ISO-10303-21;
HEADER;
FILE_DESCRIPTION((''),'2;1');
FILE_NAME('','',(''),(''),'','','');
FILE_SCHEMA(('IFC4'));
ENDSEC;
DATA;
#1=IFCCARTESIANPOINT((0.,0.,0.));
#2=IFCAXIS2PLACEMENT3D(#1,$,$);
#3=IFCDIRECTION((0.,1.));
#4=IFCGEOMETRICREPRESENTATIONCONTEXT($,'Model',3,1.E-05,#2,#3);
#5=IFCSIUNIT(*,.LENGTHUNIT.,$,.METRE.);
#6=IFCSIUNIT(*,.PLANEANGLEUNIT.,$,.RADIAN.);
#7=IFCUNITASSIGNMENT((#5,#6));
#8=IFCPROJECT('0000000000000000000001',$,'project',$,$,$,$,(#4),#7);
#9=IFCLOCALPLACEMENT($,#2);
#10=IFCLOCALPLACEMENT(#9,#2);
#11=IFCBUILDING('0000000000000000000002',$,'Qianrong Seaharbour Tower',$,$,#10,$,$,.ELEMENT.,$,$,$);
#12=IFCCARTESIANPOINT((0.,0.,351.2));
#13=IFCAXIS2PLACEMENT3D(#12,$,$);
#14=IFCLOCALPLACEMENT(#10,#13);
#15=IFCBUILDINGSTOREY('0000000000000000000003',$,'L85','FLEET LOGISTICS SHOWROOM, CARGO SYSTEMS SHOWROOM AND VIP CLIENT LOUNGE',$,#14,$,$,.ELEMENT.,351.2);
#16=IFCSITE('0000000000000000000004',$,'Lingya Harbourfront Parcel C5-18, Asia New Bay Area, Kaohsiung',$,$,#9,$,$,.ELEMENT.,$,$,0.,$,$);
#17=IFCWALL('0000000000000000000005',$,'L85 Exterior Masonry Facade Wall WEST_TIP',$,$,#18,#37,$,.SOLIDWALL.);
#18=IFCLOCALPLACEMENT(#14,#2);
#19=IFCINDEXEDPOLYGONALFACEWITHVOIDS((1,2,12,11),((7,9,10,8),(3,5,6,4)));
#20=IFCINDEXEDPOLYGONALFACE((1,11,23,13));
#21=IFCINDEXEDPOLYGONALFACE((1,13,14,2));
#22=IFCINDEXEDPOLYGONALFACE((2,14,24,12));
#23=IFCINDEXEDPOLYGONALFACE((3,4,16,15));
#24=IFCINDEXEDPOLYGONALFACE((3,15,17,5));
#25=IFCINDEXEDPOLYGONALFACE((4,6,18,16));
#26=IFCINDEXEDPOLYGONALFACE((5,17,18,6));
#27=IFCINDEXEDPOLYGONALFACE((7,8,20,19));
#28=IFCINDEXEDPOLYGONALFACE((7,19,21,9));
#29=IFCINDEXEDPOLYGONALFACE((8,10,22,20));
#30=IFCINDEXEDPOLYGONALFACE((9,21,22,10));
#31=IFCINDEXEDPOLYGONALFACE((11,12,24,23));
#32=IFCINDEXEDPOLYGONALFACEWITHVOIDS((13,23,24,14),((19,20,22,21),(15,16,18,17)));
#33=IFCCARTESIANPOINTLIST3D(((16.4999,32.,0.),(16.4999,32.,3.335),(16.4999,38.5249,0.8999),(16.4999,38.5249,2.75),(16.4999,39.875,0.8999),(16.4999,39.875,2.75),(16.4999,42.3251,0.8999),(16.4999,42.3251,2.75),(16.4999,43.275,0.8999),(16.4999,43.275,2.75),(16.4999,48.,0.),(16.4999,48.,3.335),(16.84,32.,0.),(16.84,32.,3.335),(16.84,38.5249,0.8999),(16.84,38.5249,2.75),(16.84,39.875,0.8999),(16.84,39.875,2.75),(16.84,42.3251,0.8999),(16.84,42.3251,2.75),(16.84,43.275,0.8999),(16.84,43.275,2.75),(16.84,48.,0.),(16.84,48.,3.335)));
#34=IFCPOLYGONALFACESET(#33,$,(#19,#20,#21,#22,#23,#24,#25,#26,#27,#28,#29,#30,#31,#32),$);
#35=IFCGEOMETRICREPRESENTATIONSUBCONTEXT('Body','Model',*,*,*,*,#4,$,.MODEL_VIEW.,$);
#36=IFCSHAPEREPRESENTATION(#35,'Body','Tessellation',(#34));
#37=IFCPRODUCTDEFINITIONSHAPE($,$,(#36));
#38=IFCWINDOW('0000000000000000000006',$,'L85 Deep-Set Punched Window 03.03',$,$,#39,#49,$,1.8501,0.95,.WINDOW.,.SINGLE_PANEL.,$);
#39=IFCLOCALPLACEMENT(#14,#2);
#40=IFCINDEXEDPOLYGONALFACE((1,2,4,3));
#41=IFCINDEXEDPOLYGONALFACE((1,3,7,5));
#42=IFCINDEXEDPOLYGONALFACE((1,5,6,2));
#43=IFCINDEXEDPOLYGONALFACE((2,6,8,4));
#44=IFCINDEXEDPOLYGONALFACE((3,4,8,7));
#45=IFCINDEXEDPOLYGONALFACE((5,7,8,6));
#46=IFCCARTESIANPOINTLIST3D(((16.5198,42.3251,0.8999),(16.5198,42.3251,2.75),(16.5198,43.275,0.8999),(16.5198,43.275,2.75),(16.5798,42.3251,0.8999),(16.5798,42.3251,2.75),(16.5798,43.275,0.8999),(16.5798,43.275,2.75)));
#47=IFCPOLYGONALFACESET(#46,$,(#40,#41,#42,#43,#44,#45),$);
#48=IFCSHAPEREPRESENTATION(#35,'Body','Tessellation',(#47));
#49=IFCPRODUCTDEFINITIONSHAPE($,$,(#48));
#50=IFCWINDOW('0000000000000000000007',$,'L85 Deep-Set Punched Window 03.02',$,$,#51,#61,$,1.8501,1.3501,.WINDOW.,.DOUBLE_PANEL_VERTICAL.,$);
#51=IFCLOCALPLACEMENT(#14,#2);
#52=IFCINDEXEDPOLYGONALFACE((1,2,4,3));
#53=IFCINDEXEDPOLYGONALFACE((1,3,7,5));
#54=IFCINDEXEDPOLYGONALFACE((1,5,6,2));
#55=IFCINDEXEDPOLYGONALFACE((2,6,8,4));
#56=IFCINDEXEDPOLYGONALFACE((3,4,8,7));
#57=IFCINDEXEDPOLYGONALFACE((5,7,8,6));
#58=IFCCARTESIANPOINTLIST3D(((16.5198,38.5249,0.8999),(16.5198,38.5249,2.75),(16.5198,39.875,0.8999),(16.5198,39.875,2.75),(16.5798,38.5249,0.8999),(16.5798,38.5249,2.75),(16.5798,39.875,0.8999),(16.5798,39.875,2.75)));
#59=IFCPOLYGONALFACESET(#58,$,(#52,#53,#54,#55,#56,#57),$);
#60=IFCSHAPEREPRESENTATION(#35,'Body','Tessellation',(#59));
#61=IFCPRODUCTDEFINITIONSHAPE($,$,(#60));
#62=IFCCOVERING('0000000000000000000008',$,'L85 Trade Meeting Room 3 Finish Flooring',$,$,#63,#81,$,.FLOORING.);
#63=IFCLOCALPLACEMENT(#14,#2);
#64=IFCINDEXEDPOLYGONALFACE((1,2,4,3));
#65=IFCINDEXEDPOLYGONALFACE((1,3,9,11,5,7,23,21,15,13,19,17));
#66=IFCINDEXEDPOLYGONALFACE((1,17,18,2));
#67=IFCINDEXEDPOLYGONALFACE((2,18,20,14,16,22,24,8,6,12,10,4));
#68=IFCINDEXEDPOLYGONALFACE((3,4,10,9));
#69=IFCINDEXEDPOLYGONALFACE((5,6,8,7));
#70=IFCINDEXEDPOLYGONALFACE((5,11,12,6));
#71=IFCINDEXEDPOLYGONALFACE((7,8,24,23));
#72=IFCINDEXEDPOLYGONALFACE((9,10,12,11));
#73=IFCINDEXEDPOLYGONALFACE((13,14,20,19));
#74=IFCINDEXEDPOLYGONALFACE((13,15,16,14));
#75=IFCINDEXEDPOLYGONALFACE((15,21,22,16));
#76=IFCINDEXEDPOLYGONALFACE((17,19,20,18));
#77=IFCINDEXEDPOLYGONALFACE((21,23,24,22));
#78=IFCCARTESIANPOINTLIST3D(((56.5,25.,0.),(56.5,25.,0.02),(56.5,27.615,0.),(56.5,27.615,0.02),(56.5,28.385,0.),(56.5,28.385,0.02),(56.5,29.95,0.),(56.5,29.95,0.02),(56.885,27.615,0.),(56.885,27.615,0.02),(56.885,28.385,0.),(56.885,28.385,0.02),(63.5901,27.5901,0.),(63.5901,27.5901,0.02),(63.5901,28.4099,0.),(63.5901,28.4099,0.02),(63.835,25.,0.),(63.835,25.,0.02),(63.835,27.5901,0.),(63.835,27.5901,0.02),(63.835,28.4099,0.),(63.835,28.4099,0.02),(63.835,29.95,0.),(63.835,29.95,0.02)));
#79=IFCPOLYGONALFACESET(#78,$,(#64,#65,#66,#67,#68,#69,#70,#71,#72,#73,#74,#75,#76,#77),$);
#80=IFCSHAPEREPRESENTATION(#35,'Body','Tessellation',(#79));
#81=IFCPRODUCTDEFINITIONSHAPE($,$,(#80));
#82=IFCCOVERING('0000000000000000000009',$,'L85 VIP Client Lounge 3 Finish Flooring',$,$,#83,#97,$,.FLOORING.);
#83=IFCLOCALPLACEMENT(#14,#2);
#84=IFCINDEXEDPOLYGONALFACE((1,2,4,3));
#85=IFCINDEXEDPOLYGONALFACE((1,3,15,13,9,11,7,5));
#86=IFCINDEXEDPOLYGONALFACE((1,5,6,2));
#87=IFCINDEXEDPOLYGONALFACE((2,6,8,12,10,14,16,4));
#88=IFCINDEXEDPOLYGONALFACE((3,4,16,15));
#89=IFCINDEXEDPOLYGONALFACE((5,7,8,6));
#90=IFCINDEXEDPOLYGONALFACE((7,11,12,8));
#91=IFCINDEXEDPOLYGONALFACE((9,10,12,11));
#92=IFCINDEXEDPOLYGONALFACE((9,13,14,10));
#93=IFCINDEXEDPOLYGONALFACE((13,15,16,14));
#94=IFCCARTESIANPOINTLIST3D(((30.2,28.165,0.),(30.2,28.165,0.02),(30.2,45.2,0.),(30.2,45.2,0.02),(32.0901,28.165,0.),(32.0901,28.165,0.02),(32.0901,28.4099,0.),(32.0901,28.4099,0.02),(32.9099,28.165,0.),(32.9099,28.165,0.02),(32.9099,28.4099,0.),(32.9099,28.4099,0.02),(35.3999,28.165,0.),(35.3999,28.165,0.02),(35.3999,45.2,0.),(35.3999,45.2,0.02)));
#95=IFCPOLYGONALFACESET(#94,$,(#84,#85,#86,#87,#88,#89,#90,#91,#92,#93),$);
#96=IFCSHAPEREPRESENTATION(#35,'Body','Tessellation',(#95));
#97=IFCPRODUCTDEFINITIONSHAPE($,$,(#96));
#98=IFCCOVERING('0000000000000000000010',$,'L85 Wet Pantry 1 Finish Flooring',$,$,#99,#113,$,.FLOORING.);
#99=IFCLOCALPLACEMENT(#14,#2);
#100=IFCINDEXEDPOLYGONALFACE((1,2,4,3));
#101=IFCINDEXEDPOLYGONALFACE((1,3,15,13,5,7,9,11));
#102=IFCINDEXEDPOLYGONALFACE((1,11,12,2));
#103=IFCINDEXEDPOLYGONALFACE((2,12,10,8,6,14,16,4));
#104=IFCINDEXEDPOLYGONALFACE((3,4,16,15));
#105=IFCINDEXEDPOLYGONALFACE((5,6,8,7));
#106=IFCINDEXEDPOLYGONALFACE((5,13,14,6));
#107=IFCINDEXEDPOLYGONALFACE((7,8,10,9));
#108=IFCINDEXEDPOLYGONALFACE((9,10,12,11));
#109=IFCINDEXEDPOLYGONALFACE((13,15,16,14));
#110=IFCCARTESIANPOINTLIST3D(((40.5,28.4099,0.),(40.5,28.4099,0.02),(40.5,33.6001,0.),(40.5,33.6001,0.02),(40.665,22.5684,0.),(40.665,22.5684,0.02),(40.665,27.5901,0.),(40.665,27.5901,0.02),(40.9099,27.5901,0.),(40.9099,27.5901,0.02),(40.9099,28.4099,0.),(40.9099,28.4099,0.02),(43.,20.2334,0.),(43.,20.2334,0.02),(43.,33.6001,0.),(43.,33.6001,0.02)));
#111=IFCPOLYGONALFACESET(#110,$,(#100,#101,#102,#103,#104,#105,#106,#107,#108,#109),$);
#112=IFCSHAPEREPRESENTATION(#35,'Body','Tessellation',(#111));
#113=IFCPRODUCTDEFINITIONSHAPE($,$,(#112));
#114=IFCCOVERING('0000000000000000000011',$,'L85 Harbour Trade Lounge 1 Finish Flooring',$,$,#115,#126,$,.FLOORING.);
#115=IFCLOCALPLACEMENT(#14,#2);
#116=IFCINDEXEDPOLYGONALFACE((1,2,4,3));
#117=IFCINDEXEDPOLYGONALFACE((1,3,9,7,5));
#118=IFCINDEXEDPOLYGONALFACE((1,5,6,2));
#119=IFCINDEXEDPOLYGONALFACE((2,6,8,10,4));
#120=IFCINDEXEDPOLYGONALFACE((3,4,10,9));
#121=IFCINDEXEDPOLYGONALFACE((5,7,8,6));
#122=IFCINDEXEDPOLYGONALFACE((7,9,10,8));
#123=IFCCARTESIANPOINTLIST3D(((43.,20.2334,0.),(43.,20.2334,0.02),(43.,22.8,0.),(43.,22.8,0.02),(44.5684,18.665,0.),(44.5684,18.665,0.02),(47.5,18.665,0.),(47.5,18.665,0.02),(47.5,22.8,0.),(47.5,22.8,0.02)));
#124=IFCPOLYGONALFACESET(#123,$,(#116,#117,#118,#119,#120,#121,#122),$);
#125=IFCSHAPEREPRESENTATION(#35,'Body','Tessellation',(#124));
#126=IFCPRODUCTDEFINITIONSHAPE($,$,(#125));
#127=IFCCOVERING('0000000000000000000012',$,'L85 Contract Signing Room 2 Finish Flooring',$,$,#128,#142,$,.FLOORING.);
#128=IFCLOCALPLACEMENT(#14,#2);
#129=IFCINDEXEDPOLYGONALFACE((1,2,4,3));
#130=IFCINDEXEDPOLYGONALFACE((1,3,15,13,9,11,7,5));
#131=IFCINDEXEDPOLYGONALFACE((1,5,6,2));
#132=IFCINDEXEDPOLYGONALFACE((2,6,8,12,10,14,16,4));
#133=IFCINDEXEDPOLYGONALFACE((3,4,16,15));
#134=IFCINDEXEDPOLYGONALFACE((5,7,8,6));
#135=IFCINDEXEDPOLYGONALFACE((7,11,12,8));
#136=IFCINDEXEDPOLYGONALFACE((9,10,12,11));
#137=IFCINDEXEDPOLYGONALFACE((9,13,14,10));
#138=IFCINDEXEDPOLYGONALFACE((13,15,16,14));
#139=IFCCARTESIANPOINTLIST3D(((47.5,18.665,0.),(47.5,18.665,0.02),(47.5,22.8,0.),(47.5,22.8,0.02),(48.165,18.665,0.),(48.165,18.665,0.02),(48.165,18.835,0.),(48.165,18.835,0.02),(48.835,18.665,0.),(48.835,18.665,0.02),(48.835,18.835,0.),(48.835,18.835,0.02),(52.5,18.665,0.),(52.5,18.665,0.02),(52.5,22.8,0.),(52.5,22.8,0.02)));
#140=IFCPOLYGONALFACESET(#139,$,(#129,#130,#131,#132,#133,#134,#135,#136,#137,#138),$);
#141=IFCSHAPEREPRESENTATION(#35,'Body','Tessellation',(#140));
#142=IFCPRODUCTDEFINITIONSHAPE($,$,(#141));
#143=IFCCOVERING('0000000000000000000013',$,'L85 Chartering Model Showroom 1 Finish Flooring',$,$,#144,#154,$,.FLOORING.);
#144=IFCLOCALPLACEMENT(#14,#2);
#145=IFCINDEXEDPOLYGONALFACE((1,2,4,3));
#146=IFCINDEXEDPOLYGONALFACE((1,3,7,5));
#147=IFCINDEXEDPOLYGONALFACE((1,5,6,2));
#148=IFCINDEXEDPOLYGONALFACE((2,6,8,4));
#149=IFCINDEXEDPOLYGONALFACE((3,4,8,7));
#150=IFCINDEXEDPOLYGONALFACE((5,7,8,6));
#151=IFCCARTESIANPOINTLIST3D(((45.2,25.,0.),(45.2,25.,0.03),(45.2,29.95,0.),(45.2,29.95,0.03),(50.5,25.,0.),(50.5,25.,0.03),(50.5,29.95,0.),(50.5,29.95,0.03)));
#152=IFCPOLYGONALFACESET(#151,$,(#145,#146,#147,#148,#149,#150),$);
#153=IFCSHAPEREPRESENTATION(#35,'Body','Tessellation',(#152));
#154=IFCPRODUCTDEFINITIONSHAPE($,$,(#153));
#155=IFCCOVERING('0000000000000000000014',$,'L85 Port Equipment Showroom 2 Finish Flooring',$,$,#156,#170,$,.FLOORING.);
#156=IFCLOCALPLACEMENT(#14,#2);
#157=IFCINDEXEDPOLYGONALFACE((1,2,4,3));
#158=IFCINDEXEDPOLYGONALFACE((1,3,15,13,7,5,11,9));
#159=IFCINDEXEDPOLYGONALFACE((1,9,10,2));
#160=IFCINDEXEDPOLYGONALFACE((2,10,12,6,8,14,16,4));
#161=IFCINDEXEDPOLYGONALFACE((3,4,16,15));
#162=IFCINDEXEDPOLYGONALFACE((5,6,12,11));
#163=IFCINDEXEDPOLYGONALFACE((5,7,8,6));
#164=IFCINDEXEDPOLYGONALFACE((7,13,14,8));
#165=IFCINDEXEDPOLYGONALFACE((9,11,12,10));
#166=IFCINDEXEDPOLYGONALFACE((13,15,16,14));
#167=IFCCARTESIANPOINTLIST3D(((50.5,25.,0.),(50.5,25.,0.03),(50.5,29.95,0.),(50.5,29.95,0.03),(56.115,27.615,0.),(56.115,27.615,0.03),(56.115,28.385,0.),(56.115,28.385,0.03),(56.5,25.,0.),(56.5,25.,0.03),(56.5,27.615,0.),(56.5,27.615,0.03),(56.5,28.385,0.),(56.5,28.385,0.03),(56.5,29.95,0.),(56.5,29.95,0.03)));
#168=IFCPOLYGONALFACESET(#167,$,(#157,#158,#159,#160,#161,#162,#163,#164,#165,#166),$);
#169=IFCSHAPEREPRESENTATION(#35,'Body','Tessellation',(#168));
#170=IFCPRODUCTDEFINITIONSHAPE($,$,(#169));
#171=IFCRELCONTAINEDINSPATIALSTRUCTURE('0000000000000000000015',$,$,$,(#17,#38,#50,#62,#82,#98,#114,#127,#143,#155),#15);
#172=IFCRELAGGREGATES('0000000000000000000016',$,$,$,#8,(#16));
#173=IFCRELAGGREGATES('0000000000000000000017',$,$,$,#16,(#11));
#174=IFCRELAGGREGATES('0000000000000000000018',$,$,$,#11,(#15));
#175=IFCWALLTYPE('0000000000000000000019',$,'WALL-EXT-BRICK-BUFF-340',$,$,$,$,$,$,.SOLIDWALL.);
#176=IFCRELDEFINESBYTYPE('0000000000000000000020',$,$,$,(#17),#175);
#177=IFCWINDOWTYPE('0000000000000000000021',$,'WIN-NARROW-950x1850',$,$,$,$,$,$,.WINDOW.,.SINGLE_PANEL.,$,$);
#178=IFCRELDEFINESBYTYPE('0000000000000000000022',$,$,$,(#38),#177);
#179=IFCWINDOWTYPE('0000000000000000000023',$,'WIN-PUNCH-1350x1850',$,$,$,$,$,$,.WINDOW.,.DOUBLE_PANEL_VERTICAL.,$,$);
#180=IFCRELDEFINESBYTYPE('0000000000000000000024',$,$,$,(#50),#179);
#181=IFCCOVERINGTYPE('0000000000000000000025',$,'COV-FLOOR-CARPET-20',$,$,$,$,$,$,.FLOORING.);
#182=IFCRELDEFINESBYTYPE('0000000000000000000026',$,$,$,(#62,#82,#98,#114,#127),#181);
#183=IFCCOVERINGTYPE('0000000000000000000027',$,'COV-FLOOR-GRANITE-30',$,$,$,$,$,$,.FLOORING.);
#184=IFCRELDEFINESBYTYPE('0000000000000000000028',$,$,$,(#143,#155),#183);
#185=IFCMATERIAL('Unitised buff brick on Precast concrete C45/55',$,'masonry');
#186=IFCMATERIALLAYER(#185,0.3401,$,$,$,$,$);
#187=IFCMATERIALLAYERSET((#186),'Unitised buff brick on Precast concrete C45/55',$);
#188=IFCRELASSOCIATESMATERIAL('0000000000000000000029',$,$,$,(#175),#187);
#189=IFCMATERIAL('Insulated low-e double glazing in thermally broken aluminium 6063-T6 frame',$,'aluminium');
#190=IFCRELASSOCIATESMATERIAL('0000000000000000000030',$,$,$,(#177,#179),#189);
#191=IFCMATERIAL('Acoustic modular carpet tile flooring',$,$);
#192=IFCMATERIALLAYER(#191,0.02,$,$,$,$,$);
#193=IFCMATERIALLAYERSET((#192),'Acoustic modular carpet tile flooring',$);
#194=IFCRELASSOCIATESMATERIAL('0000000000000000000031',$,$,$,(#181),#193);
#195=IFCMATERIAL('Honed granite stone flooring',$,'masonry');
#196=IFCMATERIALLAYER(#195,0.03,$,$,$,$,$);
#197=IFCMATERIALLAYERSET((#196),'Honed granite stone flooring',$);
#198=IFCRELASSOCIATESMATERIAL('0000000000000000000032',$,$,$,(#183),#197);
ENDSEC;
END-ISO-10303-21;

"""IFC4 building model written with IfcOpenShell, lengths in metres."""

from ifc_helpers import new_model, si_unit, direction, frame, frame_2d, origin, place, context, subcontext, project, spatial, polyline, rectangle, outline, extrude, material, layer, layer_set, type_object, element, fill, save


model = new_model("IFC4")

# Units and contexts
model_context = context("Model", 3, precision=1e-05, world=origin(), true_north=direction((0.0, 1.0)))
body_context = subcontext(model_context, "Body", "Model", "MODEL_VIEW")
ifc_project = project(units=[si_unit("LENGTHUNIT", "METRE"), si_unit("PLANEANGLEUNIT", "RADIAN")], contexts=[model_context])

# Site, building, storey
site_placement = place(None, origin())
site = spatial("IfcSite", under=ifc_project, at=site_placement, Name="Lingya Harbourfront Parcel C5-18, Asia New Bay Area, Kaohsiung", CompositionType="ELEMENT", RefElevation=0.0)
building_placement = place(site_placement, origin())
building = spatial("IfcBuilding", under=site, at=building_placement, Name="Qianrong Seaharbour Tower", CompositionType="ELEMENT")
storey_placement = place(building_placement, frame((0.0, 0.0, 351.2)))
storey = spatial("IfcBuildingStorey", under=building, at=storey_placement, Name="L85", Description="FLEET LOGISTICS SHOWROOM, CARGO SYSTEMS SHOWROOM AND VIP CLIENT LOUNGE", CompositionType="ELEMENT", Elevation=351.2)

# Shared definitions
ifc_material_1 = material(Name="Unitised buff brick on Precast concrete C45/55", Category="masonry")
ifc_layer_1 = layer(ifc_material_1, 0.3401)
ifc_layer_set_1 = layer_set([ifc_layer_1], Name="Unitised buff brick on Precast concrete C45/55")
wall_type = type_object("IfcWallType", Name="WALL-EXT-BRICK-BUFF-340", PredefinedType="SOLIDWALL", material=ifc_layer_set_1)

# Wall, openings, windows
wall_1_placement = place(storey_placement, frame((16.6699, 32.0, 0.0), z_axis=(0.0, 0.0, 1.0), x_axis=(0.0, 1.0, 0.0)))
wall_1 = element("IfcWall", 1, at=wall_1_placement, inside=storey, type_object=wall_type, Name="L85 Exterior Masonry Facade Wall WEST_TIP", PredefinedType="SOLIDWALL", context=body_context, shape_type="SweptSolid", body=[
    extrude(rectangle(XDim=16.0, YDim=0.3401, at=frame_2d((8.0, 0.0))), origin(), (0.0, 0.0, 1.0), 3.335),
])
opening_1_placement = place(wall_1_placement, frame((6.5249, 0.0, 0.8999)))
opening_1 = element("IfcOpeningElement", 2, at=opening_1_placement, cuts=wall_1, PredefinedType="OPENING", context=body_context, shape_type="SweptSolid", body=[
    extrude(rectangle(XDim=1.3501, YDim=1.8501, at=frame_2d((0.675, 0.925))), frame((0.0, 0.1802, 0.0), z_axis=(0.0, -1.0, 0.0), x_axis=(1.0, 0.0, 0.0)), (0.0, 0.0, 1.0), 0.3601),
])
opening_2_placement = place(wall_1_placement, frame((10.325, 0.0, 0.8999)))
opening_2 = element("IfcOpeningElement", 3, at=opening_2_placement, cuts=wall_1, PredefinedType="OPENING", context=body_context, shape_type="SweptSolid", body=[
    extrude(rectangle(XDim=0.95, YDim=1.8501, at=frame_2d((0.4751, 0.925))), frame((0.0, 0.1802, 0.0), z_axis=(0.0, -1.0, 0.0), x_axis=(1.0, 0.0, 0.0)), (0.0, 0.0, 1.0), 0.3601),
])
ifc_material_2 = material(Name="Insulated low-e double glazing in thermally broken aluminium 6063-T6 frame", Category="aluminium")
window_type_1 = type_object("IfcWindowType", Name="WIN-NARROW-950x1850", PartitioningType="SINGLE_PANEL", PredefinedType="WINDOW", material=ifc_material_2)
window_1_placement = place(opening_2_placement, origin())
window_1 = element("IfcWindow", 4, at=window_1_placement, inside=storey, type_object=window_type_1, Name="L85 Deep-Set Punched Window 03.03", OverallHeight=1.8501, OverallWidth=0.95, PartitioningType="SINGLE_PANEL", PredefinedType="WINDOW", context=body_context, shape_type="SweptSolid", body=[
    extrude(rectangle(XDim=0.95, YDim=1.8501, at=frame_2d((0.4751, 0.925))), frame((0.0, 0.1501, 0.0), z_axis=(0.0, -1.0, 0.0), x_axis=(1.0, 0.0, 0.0)), (0.0, 0.0, 1.0), 0.0601),
])
fill(opening_2, window_1)
window_type_2 = type_object("IfcWindowType", Name="WIN-PUNCH-1350x1850", PartitioningType="DOUBLE_PANEL_VERTICAL", PredefinedType="WINDOW", material=ifc_material_2)
window_2_placement = place(opening_1_placement, origin())
window_2 = element("IfcWindow", 5, at=window_2_placement, inside=storey, type_object=window_type_2, Name="L85 Deep-Set Punched Window 03.02", OverallHeight=1.8501, OverallWidth=1.3501, PartitioningType="DOUBLE_PANEL_VERTICAL", PredefinedType="WINDOW", context=body_context, shape_type="SweptSolid", body=[
    extrude(rectangle(XDim=1.3501, YDim=1.8501, at=frame_2d((0.675, 0.925))), frame((0.0, 0.1501, 0.0), z_axis=(0.0, -1.0, 0.0), x_axis=(1.0, 0.0, 0.0)), (0.0, 0.0, 1.0), 0.0601),
])
fill(opening_1, window_2)

# Coverings
ifc_material_3 = material(Name="Acoustic modular carpet tile flooring")
ifc_layer_2 = layer(ifc_material_3, 0.02)
ifc_layer_set_2 = layer_set([ifc_layer_2], Name="Acoustic modular carpet tile flooring")
covering_type_1 = type_object("IfcCoveringType", Name="COV-FLOOR-CARPET-20", PredefinedType="FLOORING", material=ifc_layer_set_2)
covering_1_placement = place(storey_placement, origin())
element("IfcCovering", 6, at=covering_1_placement, inside=storey, type_object=covering_type_1, Name="L85 Trade Meeting Room 3 Finish Flooring", PredefinedType="FLOORING", context=body_context, shape_type="SweptSolid", body=[
    extrude(outline(polyline([(63.835, 29.95), (63.835, 28.4099), (63.5901, 28.4099), (63.5901, 27.5901), (63.835, 27.5901), (63.835, 25.0), (56.5, 25.0), (56.5, 27.615), (56.885, 27.615), (56.885, 28.385), (56.5, 28.385), (56.5, 29.95), (63.835, 29.95)])), origin(), (0.0, 0.0, 1.0), 0.02),
])
covering_2_placement = place(storey_placement, origin())
element("IfcCovering", 7, at=covering_2_placement, inside=storey, type_object=covering_type_1, Name="L85 VIP Client Lounge 3 Finish Flooring", PredefinedType="FLOORING", context=body_context, shape_type="SweptSolid", body=[
    extrude(outline(polyline([(32.9099, 28.165), (32.9099, 28.4099), (32.0901, 28.4099), (32.0901, 28.165), (30.2, 28.165), (30.2, 45.2), (35.3999, 45.2), (35.3999, 28.165), (32.9099, 28.165)])), origin(), (0.0, 0.0, 1.0), 0.02),
])
covering_3_placement = place(storey_placement, origin())
element("IfcCovering", 8, at=covering_3_placement, inside=storey, type_object=covering_type_1, Name="L85 Wet Pantry 1 Finish Flooring", PredefinedType="FLOORING", context=body_context, shape_type="SweptSolid", body=[
    extrude(outline(polyline([(43.0, 20.2334), (40.665, 22.5684), (40.665, 27.5901), (40.9099, 27.5901), (40.9099, 28.4099), (40.5, 28.4099), (40.5, 33.6001), (43.0, 33.6001), (43.0, 20.2334)])), origin(), (0.0, 0.0, 1.0), 0.02),
])
covering_4_placement = place(storey_placement, origin())
element("IfcCovering", 9, at=covering_4_placement, inside=storey, type_object=covering_type_1, Name="L85 Harbour Trade Lounge 1 Finish Flooring", PredefinedType="FLOORING", context=body_context, shape_type="SweptSolid", body=[
    extrude(outline(polyline([(47.5, 18.665), (44.5684, 18.665), (43.0, 20.2334), (43.0, 22.8), (47.5, 22.8), (47.5, 18.665)])), origin(), (0.0, 0.0, 1.0), 0.02),
])
covering_5_placement = place(storey_placement, origin())
element("IfcCovering", 10, at=covering_5_placement, inside=storey, type_object=covering_type_1, Name="L85 Contract Signing Room 2 Finish Flooring", PredefinedType="FLOORING", context=body_context, shape_type="SweptSolid", body=[
    extrude(outline(polyline([(52.5, 18.665), (48.835, 18.665), (48.835, 18.835), (48.165, 18.835), (48.165, 18.665), (47.5, 18.665), (47.5, 22.8), (52.5, 22.8), (52.5, 18.665)])), origin(), (0.0, 0.0, 1.0), 0.02),
])
ifc_material_4 = material(Name="Honed granite stone flooring", Category="masonry")
ifc_layer_3 = layer(ifc_material_4, 0.03)
ifc_layer_set_3 = layer_set([ifc_layer_3], Name="Honed granite stone flooring")
covering_type_2 = type_object("IfcCoveringType", Name="COV-FLOOR-GRANITE-30", PredefinedType="FLOORING", material=ifc_layer_set_3)
covering_6_placement = place(storey_placement, origin())
element("IfcCovering", 11, at=covering_6_placement, inside=storey, type_object=covering_type_2, Name="L85 Chartering Model Showroom 1 Finish Flooring", PredefinedType="FLOORING", context=body_context, shape_type="SweptSolid", body=[
    extrude(outline(polyline([(50.5, 29.95), (50.5, 25.0), (45.2, 25.0), (45.2, 29.95), (50.5, 29.95)])), origin(), (0.0, 0.0, 1.0), 0.03),
])
covering_7_placement = place(storey_placement, origin())
element("IfcCovering", 12, at=covering_7_placement, inside=storey, type_object=covering_type_2, Name="L85 Port Equipment Showroom 2 Finish Flooring", PredefinedType="FLOORING", context=body_context, shape_type="SweptSolid", body=[
    extrude(outline(polyline([(56.5, 29.95), (56.5, 28.385), (56.115, 28.385), (56.115, 27.615), (56.5, 27.615), (56.5, 25.0), (50.5, 25.0), (50.5, 29.95), (56.5, 29.95)])), origin(), (0.0, 0.0, 1.0), 0.03),
])

save(model, "model.ifc")
